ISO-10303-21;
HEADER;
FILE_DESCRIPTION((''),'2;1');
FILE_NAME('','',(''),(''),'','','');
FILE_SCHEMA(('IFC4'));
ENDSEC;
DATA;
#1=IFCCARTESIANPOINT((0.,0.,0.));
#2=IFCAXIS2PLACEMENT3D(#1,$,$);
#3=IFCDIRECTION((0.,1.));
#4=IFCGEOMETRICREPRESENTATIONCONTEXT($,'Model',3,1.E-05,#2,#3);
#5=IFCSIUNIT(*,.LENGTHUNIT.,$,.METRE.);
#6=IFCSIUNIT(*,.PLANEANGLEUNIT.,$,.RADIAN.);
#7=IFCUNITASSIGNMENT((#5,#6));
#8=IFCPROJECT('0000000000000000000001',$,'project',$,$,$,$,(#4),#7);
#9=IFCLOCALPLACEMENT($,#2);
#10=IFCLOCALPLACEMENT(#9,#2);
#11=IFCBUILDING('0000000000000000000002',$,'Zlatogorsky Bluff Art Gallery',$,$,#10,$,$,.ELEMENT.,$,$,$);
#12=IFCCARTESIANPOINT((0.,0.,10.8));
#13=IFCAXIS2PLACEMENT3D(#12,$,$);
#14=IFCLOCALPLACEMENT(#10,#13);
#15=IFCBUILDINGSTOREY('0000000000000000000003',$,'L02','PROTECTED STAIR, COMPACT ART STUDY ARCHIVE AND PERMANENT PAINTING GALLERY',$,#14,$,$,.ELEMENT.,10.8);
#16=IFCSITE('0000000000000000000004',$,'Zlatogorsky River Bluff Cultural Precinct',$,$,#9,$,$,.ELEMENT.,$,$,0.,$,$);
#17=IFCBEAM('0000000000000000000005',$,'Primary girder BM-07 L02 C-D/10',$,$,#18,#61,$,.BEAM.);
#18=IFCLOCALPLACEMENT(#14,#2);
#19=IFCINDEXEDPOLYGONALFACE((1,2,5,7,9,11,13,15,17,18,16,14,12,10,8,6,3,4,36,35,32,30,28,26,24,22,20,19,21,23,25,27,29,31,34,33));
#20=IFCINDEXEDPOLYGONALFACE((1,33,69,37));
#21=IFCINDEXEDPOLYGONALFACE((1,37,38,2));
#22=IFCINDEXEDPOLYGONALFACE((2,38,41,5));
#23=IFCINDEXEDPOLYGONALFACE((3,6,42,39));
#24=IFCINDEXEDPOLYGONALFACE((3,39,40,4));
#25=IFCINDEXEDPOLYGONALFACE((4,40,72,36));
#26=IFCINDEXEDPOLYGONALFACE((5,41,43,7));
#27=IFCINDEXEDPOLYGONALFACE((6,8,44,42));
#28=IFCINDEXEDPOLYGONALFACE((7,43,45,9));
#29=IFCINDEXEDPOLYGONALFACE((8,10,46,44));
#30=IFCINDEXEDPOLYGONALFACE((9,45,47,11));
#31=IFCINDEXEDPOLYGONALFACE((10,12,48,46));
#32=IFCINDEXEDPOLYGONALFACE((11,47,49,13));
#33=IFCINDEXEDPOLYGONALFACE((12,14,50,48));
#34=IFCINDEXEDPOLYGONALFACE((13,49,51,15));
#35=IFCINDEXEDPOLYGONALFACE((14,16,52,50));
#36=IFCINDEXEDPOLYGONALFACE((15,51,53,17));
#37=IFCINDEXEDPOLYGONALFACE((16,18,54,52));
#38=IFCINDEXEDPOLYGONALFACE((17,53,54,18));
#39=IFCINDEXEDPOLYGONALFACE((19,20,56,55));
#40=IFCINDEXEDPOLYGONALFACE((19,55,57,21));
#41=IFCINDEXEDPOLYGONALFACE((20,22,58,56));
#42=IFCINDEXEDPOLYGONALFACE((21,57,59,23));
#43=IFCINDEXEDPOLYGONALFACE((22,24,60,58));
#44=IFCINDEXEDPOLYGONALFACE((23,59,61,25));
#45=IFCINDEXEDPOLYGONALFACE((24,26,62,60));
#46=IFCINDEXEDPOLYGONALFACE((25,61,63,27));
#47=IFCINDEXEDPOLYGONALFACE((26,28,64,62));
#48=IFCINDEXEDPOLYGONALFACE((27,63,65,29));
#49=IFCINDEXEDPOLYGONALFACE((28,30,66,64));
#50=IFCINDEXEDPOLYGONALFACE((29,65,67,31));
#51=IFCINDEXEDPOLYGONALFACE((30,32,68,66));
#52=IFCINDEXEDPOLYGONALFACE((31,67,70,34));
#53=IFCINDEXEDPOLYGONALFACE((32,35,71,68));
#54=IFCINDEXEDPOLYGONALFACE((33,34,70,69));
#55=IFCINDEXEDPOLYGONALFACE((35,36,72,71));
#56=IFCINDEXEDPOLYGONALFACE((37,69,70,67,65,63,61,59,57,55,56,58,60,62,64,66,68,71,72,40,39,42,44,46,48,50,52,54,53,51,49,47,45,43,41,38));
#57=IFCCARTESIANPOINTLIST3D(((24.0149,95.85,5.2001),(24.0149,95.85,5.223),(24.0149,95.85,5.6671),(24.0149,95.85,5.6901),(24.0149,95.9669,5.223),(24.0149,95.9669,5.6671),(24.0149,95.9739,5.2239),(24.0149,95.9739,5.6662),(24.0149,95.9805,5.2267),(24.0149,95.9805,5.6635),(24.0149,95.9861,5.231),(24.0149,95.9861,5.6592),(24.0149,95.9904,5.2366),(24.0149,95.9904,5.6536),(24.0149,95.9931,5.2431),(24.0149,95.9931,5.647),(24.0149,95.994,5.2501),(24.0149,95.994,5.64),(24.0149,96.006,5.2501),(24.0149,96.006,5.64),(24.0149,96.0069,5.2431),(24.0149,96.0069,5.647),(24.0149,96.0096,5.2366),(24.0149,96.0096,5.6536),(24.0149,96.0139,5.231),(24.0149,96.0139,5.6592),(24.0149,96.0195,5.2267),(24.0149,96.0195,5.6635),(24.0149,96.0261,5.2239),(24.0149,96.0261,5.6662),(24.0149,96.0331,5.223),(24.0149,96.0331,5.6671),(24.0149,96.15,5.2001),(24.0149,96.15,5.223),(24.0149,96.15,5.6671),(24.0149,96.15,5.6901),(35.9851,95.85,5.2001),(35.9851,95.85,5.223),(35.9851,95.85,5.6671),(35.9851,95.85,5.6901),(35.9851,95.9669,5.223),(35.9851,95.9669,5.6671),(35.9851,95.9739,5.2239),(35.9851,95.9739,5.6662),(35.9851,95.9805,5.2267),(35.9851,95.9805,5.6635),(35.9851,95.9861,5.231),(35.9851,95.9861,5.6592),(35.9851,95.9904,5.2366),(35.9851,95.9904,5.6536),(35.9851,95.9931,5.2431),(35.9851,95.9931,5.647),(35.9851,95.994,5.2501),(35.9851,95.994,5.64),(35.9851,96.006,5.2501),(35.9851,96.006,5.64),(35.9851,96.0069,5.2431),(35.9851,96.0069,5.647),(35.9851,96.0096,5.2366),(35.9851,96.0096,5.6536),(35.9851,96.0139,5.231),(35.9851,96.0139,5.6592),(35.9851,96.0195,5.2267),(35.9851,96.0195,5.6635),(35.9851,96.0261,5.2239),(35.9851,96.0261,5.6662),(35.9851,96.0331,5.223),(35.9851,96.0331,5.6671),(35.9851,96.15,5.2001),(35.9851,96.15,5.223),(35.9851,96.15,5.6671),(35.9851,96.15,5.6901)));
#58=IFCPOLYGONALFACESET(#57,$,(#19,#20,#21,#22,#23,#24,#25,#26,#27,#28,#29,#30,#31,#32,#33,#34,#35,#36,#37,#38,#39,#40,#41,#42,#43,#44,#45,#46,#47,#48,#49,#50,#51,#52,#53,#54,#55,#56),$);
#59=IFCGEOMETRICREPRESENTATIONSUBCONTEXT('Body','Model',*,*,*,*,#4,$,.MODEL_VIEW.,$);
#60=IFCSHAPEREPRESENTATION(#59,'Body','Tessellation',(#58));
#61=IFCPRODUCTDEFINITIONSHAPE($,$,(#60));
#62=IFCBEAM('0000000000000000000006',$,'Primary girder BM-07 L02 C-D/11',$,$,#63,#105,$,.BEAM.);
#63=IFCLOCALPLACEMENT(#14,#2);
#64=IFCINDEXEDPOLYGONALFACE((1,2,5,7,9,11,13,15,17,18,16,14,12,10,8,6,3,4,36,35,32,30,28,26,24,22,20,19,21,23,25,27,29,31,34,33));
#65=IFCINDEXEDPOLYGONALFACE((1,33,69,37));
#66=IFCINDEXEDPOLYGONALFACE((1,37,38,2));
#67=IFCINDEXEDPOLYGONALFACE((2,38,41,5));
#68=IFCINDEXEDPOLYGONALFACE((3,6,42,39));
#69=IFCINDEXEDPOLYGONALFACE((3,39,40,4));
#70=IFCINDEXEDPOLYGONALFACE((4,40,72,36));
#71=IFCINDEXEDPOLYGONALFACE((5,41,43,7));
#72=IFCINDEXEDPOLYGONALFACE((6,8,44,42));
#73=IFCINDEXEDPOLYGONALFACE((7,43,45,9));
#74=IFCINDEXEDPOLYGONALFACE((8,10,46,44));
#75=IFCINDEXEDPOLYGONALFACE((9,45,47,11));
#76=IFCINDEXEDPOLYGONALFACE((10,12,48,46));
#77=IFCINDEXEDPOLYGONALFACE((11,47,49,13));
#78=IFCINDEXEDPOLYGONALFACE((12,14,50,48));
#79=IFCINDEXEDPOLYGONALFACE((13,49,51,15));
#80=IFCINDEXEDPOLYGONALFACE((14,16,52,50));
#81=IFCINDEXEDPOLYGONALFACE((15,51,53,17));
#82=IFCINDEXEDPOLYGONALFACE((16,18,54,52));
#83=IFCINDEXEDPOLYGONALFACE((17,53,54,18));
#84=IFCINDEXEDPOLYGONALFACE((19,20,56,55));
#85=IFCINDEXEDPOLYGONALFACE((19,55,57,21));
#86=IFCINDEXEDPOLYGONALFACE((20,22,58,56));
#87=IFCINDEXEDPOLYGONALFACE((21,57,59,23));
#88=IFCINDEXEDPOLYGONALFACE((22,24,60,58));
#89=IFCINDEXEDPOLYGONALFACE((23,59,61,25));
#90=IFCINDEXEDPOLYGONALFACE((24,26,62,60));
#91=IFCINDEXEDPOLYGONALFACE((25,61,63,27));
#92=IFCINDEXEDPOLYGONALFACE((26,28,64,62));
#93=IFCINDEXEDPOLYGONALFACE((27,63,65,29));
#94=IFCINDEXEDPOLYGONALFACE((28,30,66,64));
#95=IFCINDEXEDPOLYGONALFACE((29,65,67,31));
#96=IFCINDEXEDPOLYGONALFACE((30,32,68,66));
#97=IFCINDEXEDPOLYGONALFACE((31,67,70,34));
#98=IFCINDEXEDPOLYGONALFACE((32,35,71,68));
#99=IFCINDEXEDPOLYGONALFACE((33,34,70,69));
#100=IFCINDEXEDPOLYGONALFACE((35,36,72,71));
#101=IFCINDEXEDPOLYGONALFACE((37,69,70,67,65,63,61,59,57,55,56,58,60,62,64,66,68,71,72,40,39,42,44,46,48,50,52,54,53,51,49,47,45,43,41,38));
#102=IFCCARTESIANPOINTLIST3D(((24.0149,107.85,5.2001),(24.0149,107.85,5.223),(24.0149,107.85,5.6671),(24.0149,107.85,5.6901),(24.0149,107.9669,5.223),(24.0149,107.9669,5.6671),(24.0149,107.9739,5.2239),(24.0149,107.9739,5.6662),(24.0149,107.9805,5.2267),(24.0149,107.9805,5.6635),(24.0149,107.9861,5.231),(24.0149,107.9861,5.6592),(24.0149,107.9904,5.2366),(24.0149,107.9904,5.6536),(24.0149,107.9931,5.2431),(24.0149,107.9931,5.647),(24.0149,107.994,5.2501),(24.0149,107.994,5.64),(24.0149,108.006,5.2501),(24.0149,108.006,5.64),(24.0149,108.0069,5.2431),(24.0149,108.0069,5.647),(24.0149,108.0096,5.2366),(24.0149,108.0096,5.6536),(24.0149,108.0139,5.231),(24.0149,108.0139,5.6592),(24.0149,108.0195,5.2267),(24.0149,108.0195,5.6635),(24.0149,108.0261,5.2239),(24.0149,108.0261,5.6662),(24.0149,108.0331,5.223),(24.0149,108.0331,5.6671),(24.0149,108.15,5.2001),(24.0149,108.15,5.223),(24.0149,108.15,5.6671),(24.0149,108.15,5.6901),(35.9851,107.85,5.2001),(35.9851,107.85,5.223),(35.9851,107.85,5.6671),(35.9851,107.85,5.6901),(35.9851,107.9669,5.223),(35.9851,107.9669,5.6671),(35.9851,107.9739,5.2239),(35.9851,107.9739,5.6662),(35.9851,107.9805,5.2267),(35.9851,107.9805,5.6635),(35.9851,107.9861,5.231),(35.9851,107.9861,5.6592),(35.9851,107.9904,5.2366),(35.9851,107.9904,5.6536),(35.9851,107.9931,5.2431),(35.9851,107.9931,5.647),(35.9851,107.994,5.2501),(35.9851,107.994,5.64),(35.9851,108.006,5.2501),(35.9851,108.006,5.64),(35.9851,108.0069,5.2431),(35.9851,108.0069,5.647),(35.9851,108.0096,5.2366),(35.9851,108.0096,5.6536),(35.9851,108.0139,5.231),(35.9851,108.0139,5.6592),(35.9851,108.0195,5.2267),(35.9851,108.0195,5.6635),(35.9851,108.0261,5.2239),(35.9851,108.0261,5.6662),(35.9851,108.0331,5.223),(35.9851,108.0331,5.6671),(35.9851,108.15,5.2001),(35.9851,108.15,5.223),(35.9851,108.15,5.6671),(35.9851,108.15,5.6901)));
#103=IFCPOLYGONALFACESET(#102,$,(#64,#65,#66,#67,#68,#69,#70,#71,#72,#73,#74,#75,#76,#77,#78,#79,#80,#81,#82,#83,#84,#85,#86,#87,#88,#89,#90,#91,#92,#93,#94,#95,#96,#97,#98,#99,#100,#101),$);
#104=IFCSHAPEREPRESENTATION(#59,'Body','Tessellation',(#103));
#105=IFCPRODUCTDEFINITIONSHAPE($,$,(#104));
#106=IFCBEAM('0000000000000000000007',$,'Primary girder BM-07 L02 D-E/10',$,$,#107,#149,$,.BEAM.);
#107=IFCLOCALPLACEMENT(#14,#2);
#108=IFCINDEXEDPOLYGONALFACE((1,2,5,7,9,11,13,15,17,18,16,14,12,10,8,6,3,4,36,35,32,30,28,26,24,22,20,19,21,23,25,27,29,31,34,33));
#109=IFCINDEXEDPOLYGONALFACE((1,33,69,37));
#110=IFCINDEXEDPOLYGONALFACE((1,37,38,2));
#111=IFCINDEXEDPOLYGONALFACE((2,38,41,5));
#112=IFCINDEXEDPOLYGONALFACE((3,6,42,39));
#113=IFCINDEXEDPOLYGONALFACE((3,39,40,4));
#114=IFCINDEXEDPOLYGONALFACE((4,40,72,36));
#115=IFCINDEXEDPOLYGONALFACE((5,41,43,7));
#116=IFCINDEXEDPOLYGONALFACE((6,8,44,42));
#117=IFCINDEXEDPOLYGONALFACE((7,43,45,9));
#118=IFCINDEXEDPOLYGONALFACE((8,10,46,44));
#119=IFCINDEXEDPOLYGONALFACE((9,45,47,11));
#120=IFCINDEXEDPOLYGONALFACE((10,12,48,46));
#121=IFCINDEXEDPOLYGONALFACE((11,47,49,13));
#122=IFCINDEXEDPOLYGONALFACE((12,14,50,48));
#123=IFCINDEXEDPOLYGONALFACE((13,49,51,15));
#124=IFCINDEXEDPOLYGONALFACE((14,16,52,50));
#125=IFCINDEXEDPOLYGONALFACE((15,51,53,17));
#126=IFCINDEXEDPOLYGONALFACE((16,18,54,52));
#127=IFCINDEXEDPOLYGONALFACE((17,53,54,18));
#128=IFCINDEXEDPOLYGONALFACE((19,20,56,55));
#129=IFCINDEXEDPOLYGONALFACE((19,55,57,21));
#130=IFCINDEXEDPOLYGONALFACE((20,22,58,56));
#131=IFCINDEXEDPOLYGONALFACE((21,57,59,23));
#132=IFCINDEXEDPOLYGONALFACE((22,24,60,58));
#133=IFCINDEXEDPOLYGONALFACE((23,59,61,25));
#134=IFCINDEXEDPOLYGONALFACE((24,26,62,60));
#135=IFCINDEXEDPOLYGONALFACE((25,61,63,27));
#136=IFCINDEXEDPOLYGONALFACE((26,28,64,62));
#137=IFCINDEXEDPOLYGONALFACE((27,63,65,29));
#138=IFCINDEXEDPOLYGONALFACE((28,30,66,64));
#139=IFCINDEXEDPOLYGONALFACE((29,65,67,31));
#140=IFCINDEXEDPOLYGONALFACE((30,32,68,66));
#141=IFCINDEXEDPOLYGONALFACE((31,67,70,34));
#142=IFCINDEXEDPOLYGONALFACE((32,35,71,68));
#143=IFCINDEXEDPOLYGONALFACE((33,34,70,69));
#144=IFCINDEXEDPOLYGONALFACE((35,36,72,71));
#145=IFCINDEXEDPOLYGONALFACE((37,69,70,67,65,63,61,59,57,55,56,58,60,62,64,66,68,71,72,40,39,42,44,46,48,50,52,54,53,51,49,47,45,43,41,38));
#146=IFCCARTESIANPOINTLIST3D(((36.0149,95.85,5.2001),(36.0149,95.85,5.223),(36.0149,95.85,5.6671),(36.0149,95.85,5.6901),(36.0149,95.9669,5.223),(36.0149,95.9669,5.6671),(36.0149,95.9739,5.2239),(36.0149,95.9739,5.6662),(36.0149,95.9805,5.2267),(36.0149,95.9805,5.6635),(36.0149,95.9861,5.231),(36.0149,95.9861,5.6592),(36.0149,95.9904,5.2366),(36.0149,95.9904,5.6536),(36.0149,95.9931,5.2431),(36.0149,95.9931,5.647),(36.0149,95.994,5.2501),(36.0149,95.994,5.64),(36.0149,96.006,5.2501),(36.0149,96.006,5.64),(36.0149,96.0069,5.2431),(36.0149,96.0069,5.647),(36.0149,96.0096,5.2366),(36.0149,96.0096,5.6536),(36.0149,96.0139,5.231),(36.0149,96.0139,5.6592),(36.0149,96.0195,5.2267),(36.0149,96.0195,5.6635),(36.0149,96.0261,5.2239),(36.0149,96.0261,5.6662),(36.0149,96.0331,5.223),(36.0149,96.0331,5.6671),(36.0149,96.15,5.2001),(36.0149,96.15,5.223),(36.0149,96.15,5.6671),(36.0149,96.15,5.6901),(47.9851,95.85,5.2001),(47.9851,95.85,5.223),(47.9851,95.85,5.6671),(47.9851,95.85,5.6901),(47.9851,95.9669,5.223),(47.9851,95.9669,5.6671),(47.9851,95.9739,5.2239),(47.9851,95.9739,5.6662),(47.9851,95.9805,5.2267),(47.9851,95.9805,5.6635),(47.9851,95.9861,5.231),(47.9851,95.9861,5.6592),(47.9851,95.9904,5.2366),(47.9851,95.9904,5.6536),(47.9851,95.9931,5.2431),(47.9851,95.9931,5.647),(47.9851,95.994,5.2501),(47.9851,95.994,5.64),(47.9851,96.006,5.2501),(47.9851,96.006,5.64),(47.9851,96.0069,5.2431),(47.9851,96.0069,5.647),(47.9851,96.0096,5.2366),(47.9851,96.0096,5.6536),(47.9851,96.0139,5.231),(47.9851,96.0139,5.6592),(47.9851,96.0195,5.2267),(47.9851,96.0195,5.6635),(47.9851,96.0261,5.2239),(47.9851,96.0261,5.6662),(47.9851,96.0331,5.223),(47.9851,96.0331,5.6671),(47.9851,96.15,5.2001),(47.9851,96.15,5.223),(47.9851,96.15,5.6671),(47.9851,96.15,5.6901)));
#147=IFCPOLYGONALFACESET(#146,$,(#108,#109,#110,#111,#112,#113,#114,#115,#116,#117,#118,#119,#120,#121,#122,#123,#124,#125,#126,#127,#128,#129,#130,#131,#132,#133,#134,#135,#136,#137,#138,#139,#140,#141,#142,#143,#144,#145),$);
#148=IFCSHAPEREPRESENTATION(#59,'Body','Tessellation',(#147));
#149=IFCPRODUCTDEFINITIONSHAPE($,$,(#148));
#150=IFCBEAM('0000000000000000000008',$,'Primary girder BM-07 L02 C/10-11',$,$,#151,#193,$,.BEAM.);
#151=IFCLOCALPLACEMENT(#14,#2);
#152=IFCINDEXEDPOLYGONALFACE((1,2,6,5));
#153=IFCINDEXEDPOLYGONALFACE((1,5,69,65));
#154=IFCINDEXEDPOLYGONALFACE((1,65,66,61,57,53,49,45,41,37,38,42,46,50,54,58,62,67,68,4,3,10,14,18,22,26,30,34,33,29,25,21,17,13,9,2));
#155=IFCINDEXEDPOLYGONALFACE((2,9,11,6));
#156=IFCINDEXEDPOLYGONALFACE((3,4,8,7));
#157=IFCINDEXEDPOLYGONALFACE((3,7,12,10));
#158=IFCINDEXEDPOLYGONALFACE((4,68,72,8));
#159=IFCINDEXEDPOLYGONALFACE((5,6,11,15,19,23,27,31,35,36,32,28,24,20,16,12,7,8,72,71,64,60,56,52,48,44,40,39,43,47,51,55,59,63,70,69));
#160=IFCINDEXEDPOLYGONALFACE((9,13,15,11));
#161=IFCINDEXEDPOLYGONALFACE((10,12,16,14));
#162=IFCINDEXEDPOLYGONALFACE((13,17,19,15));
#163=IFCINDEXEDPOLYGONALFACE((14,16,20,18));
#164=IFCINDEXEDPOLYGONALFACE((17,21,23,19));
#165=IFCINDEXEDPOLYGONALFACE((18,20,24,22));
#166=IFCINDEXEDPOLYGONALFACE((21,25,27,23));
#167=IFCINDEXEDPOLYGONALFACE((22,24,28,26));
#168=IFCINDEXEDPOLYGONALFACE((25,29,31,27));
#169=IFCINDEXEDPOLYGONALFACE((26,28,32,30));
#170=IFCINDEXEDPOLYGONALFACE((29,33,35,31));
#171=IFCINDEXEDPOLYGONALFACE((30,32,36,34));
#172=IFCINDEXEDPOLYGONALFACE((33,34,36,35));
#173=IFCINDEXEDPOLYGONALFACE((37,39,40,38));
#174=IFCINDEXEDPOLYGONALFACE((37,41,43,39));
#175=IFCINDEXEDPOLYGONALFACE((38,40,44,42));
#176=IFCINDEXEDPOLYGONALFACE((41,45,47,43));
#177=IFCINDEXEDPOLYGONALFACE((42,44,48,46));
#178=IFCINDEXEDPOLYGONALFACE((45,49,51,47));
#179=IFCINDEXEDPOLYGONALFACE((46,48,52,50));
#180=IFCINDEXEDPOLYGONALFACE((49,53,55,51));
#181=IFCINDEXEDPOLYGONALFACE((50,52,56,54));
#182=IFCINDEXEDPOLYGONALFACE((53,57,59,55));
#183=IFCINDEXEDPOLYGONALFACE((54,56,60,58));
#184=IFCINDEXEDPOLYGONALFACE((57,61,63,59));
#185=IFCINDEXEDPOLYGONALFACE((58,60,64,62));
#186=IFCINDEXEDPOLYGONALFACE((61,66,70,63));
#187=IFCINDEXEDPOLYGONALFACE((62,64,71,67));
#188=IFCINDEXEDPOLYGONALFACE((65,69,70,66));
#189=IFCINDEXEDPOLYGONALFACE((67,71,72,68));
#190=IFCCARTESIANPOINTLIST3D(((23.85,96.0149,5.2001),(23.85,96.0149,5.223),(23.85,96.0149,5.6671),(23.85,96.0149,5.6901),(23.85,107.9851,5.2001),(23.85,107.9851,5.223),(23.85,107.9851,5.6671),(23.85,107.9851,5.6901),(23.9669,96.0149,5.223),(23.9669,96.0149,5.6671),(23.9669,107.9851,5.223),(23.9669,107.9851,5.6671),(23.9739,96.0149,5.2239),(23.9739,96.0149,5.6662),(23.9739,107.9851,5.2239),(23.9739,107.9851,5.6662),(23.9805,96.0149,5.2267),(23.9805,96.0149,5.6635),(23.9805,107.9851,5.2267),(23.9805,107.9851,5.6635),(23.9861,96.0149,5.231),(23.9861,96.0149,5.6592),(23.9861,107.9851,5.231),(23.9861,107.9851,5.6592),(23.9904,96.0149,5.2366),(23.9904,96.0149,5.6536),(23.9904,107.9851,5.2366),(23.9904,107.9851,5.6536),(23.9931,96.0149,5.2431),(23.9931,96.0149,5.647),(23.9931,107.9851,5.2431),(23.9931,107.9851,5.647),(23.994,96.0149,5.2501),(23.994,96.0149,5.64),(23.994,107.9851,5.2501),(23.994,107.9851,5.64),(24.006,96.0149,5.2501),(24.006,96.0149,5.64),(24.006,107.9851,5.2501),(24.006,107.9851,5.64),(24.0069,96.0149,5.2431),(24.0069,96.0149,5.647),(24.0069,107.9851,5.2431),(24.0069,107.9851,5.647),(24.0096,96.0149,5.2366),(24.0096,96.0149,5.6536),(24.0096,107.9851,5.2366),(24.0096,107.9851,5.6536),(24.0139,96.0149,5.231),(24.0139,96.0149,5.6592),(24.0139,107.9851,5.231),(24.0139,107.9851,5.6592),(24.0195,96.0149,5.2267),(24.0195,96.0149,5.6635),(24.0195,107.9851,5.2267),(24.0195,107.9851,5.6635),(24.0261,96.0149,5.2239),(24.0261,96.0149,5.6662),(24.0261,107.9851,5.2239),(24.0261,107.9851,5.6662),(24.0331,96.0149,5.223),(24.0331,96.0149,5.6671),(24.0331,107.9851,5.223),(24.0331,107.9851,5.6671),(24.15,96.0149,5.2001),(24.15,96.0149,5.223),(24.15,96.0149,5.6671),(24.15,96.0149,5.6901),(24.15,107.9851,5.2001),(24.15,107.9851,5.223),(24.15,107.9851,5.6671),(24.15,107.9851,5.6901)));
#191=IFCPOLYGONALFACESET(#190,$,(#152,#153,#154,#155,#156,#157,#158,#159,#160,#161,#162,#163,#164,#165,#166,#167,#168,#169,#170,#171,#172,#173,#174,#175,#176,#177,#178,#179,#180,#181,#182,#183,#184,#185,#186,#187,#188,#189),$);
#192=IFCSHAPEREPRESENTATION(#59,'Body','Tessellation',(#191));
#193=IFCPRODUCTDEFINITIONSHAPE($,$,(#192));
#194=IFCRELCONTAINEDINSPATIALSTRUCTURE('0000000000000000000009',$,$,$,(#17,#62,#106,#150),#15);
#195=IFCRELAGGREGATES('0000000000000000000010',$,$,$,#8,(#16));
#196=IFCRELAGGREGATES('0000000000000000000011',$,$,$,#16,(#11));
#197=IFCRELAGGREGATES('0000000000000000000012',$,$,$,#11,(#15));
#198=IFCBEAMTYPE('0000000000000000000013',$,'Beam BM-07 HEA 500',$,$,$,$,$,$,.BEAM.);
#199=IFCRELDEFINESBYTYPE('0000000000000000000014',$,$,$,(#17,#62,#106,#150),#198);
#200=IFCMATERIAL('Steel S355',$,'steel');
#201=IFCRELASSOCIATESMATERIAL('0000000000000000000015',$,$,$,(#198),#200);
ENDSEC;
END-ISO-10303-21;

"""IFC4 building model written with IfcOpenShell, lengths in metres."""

from ifc_helpers import new_model, si_unit, direction, frame, origin, origin_2d, place, context, subcontext, project, spatial, i_section, extrude, material, material_profile, profile_set, type_object, element, save


model = new_model("IFC4")

# Units and contexts
model_context = context("Model", 3, precision=1e-05, world=origin(), true_north=direction((0.0, 1.0)))
body_context = subcontext(model_context, "Body", "Model", "MODEL_VIEW")
ifc_project = project(units=[si_unit("LENGTHUNIT", "METRE"), si_unit("PLANEANGLEUNIT", "RADIAN")], contexts=[model_context])

# Site, building, storey
site_placement = place(None, origin())
site = spatial("IfcSite", under=ifc_project, at=site_placement, Name="Zlatogorsky River Bluff Cultural Precinct", CompositionType="ELEMENT", RefElevation=0.0)
building_placement = place(site_placement, origin())
building = spatial("IfcBuilding", under=site, at=building_placement, Name="Zlatogorsky Bluff Art Gallery", CompositionType="ELEMENT")
storey_placement = place(building_placement, frame((0.0, 0.0, 10.8)))
storey = spatial("IfcBuildingStorey", under=building, at=storey_placement, Name="L02", Description="PROTECTED STAIR, COMPACT ART STUDY ARCHIVE AND PERMANENT PAINTING GALLERY", CompositionType="ELEMENT", Elevation=10.8)

# Shared definitions
ifc_material_1 = material(Name="Steel S355", Category="steel")

# Beams
ifc_material_profile_1 = material_profile(ifc_material_1, i_section(OverallWidth=0.3, OverallDepth=0.49, WebThickness=0.012, FlangeThickness=0.0229, FilletRadius=0.0271, at=origin_2d()), Name="HEA 500")
ifc_profile_set_1 = profile_set([ifc_material_profile_1], Name="Steel S355")
beam_type_1 = type_object("IfcBeamType", Name="Beam BM-07 HEA 500", PredefinedType="BEAM", material=ifc_profile_set_1)
for number, where, z_axis, x_axis, name in (
    (1, (24.0149, 96.0, 5.4451), (1.0, 0.0, 0.0), (0.0, 1.0, 0.0), "Primary girder BM-07 L02 C-D/10"),
    (2, (24.0149, 108.0, 5.4451), (1.0, 0.0, 0.0), (0.0, 1.0, 0.0), "Primary girder BM-07 L02 C-D/11"),
    (3, (36.0149, 96.0, 5.4451), (1.0, 0.0, 0.0), (0.0, 1.0, 0.0), "Primary girder BM-07 L02 D-E/10"),
    (4, (24.0, 96.0149, 5.4451), (0.0, 1.0, 0.0), (-1.0, 0.0, 0.0), "Primary girder BM-07 L02 C/10-11"),
):
    element("IfcBeam", number, at=place(storey_placement, frame(where, z_axis=z_axis, x_axis=x_axis)), inside=storey, type_object=beam_type_1, Name=name, PredefinedType="BEAM", context=body_context, shape_type="SweptSolid", body=[
        extrude(i_section(OverallWidth=0.3, OverallDepth=0.49, WebThickness=0.012, FlangeThickness=0.0229, FilletRadius=0.0271, at=origin_2d()), origin(), (0.0, 0.0, 1.0), 11.9702),
    ])

save(model, "model.ifc")
